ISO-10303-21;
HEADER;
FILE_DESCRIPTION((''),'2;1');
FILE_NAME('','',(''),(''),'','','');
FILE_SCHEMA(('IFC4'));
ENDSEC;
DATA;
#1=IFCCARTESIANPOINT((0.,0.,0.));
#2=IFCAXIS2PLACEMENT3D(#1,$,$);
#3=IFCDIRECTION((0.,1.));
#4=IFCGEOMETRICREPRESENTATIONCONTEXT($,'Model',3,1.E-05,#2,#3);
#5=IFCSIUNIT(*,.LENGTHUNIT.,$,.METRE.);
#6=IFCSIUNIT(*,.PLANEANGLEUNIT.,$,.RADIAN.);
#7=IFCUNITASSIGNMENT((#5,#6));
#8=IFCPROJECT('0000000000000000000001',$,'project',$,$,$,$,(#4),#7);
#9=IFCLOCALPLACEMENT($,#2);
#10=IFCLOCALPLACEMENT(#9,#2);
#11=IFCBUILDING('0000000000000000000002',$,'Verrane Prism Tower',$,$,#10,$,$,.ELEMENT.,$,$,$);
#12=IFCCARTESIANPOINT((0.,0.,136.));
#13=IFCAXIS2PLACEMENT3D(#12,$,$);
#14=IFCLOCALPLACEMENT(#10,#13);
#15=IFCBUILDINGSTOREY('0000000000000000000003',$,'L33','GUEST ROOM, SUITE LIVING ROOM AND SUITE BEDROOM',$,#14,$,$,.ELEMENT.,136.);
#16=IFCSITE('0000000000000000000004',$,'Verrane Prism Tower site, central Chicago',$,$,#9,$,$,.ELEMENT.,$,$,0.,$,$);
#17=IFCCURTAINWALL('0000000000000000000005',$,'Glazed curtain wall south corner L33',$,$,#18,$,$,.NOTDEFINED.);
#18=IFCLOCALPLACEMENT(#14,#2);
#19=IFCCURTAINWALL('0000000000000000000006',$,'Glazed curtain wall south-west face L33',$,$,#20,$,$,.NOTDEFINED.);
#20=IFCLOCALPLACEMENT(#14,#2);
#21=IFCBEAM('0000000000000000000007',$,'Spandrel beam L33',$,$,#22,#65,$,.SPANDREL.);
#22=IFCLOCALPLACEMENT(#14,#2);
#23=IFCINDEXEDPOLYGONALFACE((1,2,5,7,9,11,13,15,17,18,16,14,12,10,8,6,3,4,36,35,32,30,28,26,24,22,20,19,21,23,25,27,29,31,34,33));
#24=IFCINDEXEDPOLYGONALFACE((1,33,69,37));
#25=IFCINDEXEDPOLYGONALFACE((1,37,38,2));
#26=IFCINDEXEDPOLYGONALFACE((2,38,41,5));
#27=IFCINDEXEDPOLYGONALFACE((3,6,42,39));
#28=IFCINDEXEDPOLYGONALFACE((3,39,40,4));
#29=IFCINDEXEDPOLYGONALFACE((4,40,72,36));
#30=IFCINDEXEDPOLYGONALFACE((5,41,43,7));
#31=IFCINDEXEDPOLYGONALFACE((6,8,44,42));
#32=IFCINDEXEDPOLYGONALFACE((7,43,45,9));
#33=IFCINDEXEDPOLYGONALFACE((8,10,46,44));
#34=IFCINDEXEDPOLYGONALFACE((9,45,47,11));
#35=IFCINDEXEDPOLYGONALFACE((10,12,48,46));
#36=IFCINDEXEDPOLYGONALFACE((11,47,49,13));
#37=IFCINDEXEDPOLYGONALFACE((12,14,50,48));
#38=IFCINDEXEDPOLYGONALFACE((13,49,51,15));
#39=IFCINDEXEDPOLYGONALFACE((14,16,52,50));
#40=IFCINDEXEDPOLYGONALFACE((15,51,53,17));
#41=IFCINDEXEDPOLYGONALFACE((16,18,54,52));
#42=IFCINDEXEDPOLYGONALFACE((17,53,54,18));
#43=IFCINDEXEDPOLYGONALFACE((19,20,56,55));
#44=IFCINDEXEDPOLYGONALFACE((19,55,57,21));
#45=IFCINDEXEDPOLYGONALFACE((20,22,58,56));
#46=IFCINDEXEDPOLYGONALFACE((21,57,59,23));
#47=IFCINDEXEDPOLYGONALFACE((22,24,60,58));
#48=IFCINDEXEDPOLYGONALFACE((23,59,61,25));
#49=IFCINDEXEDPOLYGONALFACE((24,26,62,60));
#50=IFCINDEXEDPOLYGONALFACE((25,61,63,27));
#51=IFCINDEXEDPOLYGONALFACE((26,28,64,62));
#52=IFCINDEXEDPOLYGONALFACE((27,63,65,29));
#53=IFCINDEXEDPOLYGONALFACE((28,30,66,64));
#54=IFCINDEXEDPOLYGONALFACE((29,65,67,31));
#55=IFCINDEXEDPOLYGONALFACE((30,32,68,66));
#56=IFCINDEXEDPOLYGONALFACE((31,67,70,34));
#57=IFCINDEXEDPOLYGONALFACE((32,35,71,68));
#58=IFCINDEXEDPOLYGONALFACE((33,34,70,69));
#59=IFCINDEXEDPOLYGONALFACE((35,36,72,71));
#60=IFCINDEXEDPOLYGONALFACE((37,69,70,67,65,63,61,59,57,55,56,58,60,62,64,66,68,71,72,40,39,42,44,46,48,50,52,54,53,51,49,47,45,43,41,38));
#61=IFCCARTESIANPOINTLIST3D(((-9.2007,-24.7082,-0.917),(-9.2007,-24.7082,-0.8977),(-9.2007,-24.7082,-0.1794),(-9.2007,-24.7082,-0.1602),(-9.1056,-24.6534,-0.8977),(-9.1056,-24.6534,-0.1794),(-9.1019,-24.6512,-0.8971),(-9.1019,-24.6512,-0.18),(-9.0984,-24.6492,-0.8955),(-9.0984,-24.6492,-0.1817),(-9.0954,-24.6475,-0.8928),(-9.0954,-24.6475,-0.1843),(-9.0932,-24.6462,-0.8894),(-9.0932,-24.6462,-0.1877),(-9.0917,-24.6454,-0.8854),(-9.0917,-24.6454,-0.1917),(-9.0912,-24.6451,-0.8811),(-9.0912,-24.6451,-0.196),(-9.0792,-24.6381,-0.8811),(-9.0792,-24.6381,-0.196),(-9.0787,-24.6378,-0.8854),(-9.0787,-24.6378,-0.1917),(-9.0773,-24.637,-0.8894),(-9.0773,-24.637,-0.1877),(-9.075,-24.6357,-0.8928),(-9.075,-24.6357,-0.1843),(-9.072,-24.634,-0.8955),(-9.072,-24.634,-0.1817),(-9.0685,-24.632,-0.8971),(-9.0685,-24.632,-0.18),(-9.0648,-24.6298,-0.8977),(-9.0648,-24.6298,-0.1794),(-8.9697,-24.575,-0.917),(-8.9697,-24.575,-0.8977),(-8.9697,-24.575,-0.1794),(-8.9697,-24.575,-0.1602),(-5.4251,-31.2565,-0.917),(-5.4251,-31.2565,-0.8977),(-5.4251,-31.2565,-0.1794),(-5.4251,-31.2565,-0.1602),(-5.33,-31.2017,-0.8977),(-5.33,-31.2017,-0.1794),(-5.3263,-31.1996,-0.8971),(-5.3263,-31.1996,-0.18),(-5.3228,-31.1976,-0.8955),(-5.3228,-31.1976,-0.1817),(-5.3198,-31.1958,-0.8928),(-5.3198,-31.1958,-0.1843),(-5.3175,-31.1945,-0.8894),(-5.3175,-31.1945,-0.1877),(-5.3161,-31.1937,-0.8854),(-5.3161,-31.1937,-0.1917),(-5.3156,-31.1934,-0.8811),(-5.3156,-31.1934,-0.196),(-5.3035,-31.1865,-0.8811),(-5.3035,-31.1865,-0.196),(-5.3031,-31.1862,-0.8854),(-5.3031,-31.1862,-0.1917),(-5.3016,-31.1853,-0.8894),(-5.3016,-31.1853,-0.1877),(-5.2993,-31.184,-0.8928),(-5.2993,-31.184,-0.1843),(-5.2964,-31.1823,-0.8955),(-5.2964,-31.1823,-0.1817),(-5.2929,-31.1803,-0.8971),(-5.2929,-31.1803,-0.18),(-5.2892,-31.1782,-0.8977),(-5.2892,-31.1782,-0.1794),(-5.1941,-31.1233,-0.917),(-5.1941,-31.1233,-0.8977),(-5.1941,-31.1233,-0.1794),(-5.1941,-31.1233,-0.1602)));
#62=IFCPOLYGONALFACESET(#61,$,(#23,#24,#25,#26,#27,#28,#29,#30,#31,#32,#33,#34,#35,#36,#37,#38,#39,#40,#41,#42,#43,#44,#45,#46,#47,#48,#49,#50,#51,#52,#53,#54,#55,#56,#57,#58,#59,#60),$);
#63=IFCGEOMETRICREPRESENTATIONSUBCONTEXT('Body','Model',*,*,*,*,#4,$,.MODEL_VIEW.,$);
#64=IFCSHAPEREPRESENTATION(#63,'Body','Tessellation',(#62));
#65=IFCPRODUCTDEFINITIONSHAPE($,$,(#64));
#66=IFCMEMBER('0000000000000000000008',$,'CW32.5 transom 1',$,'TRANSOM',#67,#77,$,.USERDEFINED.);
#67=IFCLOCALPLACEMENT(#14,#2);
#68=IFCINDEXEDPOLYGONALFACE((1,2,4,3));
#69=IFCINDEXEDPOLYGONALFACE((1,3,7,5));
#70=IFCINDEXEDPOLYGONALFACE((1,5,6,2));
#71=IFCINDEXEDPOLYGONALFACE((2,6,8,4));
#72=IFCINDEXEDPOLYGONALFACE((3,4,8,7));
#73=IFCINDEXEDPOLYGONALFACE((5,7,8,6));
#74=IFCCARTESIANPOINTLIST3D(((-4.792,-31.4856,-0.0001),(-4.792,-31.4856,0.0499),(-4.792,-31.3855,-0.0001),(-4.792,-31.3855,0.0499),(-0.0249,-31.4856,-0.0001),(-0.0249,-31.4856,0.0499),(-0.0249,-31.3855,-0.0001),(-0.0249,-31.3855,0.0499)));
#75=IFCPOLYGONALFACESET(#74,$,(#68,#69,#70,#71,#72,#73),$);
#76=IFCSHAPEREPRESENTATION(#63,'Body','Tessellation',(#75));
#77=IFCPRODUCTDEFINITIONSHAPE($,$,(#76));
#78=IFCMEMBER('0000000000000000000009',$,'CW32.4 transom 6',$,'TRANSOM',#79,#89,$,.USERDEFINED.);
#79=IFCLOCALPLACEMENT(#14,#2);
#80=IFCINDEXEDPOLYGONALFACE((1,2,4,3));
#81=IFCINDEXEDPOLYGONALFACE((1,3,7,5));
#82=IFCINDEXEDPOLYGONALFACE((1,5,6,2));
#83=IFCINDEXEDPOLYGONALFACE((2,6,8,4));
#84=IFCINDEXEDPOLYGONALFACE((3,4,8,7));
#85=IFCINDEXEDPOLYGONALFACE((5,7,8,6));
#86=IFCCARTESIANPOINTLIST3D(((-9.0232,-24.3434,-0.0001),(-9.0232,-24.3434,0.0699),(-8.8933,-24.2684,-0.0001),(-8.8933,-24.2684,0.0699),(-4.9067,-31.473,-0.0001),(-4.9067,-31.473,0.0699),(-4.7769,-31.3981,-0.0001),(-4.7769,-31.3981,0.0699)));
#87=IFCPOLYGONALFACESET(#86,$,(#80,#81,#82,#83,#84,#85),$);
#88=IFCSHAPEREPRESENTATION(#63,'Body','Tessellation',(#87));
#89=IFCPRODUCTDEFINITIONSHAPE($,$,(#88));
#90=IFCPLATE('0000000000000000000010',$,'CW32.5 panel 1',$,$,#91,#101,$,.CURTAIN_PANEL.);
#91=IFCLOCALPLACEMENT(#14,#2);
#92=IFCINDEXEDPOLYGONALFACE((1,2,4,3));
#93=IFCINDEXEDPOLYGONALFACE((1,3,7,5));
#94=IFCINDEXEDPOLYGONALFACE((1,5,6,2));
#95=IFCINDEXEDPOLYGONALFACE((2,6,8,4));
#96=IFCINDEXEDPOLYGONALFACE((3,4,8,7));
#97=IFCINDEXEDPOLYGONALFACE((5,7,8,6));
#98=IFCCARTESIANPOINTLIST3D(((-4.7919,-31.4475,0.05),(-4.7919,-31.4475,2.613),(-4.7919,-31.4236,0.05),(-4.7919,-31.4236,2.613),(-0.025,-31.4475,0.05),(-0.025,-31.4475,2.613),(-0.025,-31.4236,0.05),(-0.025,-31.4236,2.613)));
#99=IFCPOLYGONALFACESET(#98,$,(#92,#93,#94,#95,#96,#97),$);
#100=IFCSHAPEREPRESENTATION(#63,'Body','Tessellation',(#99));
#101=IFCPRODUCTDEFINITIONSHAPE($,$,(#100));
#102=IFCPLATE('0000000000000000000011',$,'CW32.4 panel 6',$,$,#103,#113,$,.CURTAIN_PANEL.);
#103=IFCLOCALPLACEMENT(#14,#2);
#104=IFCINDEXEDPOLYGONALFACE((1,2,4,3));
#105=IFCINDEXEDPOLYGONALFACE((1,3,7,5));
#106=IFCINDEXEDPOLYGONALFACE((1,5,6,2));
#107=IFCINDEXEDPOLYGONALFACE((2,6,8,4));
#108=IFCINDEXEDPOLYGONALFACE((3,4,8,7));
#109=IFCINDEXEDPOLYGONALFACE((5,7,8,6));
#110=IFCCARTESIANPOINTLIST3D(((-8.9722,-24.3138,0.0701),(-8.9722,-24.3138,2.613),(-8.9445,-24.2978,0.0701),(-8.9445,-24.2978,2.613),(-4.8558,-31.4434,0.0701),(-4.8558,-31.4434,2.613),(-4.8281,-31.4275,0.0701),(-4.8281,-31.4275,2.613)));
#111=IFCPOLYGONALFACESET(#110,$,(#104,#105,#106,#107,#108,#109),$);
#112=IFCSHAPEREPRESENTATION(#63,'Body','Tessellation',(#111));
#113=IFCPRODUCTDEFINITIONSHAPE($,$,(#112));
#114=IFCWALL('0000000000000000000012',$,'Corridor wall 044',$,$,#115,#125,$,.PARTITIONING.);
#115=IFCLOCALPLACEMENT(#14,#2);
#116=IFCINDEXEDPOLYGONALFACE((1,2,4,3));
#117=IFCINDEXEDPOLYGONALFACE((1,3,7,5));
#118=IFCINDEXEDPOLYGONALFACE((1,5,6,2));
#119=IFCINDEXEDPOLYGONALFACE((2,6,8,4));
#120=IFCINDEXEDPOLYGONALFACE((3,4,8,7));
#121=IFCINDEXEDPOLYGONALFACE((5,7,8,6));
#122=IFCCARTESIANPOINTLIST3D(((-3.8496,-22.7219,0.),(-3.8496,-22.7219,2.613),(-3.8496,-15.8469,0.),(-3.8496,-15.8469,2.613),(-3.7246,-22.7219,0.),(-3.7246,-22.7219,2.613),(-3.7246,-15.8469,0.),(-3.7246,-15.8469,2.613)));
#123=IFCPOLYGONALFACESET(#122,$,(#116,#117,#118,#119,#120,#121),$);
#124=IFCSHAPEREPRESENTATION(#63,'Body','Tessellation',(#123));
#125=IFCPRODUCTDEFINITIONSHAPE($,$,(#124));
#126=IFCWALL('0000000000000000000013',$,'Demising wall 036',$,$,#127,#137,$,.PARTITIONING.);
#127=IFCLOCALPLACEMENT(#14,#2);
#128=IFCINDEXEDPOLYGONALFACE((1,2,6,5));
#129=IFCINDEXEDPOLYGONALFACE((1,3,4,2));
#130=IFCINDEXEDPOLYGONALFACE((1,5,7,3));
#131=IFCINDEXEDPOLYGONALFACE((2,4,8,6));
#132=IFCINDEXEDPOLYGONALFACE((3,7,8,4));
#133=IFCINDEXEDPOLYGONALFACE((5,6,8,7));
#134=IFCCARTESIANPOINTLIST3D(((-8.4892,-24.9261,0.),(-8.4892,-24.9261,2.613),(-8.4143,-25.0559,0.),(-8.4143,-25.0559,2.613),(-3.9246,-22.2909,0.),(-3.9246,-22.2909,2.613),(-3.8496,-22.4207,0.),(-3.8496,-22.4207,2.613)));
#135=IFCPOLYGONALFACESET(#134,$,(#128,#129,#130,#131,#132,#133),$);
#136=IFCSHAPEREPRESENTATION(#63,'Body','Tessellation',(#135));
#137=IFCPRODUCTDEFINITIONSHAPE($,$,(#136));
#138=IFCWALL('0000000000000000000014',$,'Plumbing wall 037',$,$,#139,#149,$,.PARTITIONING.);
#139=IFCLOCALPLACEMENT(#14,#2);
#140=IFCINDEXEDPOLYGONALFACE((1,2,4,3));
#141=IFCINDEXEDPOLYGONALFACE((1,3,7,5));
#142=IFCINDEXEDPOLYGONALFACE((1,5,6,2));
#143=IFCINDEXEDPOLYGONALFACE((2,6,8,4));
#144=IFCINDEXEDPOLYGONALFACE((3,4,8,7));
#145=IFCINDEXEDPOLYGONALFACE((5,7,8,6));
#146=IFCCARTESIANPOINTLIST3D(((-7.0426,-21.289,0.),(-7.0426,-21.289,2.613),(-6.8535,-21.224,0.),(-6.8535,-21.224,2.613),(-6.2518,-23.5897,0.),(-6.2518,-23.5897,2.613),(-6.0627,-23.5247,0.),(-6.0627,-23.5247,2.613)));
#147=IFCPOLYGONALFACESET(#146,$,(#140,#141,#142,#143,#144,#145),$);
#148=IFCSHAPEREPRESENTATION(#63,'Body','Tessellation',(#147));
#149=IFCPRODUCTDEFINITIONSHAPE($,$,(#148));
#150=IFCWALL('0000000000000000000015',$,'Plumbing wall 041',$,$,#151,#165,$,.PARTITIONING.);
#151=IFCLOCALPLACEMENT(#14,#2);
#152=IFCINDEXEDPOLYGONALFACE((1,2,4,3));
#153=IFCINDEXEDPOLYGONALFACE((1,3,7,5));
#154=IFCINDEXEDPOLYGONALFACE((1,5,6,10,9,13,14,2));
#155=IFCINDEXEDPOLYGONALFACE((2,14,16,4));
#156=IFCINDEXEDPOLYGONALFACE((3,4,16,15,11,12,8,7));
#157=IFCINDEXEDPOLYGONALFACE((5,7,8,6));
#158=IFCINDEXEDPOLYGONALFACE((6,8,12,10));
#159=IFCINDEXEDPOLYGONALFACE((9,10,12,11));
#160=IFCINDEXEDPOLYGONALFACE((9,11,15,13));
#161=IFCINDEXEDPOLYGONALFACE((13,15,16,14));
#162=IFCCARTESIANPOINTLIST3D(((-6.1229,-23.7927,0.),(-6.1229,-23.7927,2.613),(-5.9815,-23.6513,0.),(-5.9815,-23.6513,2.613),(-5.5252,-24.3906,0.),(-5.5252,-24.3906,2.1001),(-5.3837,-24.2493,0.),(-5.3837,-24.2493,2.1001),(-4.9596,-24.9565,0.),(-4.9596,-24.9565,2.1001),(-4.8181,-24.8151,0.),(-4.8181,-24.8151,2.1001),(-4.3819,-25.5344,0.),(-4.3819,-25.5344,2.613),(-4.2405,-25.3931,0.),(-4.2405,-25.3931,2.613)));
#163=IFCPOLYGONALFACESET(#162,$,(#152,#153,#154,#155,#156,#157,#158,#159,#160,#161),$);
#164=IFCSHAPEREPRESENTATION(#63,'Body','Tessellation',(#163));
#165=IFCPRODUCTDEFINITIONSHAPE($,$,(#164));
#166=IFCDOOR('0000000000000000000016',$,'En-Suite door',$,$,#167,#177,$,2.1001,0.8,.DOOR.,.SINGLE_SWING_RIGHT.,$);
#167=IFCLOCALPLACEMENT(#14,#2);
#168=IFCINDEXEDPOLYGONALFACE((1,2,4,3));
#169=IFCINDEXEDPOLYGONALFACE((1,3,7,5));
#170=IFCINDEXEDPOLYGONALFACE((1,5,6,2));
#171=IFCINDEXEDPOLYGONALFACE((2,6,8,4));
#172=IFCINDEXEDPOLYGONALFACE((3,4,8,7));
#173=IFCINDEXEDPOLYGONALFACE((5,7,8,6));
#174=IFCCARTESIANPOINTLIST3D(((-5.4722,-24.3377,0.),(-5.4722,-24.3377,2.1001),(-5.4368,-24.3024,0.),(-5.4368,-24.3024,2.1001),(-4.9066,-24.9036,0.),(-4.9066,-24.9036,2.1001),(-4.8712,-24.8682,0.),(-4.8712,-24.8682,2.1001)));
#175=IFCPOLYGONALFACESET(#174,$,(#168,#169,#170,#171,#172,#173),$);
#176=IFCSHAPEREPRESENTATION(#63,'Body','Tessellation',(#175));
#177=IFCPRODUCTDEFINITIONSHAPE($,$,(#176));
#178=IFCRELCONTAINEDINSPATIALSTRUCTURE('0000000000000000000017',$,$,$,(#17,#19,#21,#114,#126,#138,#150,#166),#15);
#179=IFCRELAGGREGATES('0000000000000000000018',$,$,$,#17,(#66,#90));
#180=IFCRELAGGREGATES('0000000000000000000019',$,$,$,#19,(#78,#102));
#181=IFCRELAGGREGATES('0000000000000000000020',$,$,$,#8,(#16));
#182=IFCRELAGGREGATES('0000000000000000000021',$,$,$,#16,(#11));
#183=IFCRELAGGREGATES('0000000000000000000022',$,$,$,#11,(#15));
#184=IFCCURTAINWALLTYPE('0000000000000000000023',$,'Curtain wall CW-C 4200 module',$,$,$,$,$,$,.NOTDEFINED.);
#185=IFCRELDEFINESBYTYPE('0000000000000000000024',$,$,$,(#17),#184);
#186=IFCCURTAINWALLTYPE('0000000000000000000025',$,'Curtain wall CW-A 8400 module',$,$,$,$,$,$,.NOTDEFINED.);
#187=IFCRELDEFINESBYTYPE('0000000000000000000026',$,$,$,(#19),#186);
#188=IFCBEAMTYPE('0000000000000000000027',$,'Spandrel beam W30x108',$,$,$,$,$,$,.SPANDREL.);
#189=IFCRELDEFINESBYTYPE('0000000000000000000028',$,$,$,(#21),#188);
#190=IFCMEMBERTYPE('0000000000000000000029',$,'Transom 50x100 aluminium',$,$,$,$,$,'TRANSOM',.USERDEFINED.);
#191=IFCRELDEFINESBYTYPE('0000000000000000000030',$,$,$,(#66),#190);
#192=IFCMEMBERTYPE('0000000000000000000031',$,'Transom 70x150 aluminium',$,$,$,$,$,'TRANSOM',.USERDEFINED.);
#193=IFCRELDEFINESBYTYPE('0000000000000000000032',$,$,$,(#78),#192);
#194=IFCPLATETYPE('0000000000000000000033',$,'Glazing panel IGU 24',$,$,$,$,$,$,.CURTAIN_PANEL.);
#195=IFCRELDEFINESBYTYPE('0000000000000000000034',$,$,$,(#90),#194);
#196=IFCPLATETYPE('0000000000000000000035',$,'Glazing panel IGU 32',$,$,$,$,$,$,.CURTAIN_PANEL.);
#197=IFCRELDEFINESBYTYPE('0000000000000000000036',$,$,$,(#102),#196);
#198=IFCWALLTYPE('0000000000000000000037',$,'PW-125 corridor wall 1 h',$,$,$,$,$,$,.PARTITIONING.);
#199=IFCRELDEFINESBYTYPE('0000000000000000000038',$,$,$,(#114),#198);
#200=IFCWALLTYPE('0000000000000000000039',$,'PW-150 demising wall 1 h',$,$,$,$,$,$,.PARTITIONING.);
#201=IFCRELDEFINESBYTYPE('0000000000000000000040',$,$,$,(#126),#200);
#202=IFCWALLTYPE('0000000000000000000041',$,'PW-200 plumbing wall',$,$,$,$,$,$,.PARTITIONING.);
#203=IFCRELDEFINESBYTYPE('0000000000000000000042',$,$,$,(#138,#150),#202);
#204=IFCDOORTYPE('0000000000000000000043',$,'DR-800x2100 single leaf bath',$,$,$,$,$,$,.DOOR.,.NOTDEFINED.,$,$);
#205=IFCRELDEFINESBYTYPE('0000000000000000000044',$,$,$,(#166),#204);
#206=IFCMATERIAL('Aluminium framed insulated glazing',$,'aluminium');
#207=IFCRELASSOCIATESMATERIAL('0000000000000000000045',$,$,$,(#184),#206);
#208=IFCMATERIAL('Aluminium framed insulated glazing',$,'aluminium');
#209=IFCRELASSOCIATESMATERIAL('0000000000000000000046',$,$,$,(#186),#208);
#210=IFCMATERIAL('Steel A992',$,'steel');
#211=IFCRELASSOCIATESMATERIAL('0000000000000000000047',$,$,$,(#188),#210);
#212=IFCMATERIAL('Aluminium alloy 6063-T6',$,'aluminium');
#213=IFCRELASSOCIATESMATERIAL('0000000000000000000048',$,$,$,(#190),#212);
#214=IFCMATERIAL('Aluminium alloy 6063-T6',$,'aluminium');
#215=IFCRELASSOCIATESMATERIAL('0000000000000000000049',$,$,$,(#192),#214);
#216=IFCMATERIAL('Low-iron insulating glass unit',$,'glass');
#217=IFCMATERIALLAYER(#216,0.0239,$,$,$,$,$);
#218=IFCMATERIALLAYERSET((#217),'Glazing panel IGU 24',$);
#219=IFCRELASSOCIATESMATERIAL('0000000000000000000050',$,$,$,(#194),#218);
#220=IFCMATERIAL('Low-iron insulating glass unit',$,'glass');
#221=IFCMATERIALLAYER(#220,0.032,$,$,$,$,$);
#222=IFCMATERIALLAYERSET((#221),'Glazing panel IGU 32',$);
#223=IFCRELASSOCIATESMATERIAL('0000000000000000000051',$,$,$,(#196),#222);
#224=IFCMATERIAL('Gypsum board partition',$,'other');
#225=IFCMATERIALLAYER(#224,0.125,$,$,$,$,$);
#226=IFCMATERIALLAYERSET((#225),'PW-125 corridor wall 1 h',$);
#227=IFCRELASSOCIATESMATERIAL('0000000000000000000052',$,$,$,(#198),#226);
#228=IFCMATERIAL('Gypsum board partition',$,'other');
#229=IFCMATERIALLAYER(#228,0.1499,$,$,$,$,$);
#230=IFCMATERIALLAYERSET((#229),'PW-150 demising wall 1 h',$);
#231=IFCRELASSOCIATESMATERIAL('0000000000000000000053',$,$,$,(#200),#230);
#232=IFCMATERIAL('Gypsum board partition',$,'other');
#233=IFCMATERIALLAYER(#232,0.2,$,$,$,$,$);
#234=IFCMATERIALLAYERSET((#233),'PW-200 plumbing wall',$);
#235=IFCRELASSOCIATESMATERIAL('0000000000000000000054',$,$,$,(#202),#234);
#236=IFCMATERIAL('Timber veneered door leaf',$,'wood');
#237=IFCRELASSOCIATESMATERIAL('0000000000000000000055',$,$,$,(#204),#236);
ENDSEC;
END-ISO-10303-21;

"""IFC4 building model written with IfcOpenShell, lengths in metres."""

from ifc_helpers import new_model, si_unit, direction, frame, frame_2d, origin, origin_2d, place, context, subcontext, project, spatial, rectangle, i_section, extrude, material, layer, layer_set, material_profile, profile_set, type_object, element, fill, aggregate, save


model = new_model("IFC4")

# Units and contexts
model_context = context("Model", 3, precision=1e-05, world=origin(), true_north=direction((0.0, 1.0)))
body_context = subcontext(model_context, "Body", "Model", "MODEL_VIEW")
ifc_project = project(units=[si_unit("LENGTHUNIT", "METRE"), si_unit("PLANEANGLEUNIT", "RADIAN")], contexts=[model_context])

# Site, building, storey
site_placement = place(None, origin())
site = spatial("IfcSite", under=ifc_project, at=site_placement, Name="Verrane Prism Tower site, central Chicago", CompositionType="ELEMENT", RefElevation=0.0)
building_placement = place(site_placement, origin())
building = spatial("IfcBuilding", under=site, at=building_placement, Name="Verrane Prism Tower", CompositionType="ELEMENT")
storey_placement = place(building_placement, frame((0.0, 0.0, 136.0)))
storey = spatial("IfcBuildingStorey", under=building, at=storey_placement, Name="L33", Description="GUEST ROOM, SUITE LIVING ROOM AND SUITE BEDROOM", CompositionType="ELEMENT", Elevation=136.0)

# Curtain wall
ifc_material_1 = material(Name="Aluminium framed insulated glazing", Category="aluminium")
curtain_wall_type_1 = type_object("IfcCurtainWallType", Name="Curtain wall CW-C 4200 module", PredefinedType="NOTDEFINED", material=ifc_material_1)
curtain_wall_1_placement = place(storey_placement, origin())
curtain_wall_1 = element("IfcCurtainWall", 1, at=curtain_wall_1_placement, inside=storey, type_object=curtain_wall_type_1, Name="Glazed curtain wall south corner L33", PredefinedType="NOTDEFINED")

# Curtain wall
ifc_material_2 = material(Name="Aluminium framed insulated glazing", Category="aluminium")
curtain_wall_type_2 = type_object("IfcCurtainWallType", Name="Curtain wall CW-A 8400 module", PredefinedType="NOTDEFINED", material=ifc_material_2)
curtain_wall_2_placement = place(storey_placement, origin())
curtain_wall_2 = element("IfcCurtainWall", 2, at=curtain_wall_2_placement, inside=storey, type_object=curtain_wall_type_2, Name="Glazed curtain wall south-west face L33", PredefinedType="NOTDEFINED")

# Beam
ifc_material_3 = material(Name="Steel A992", Category="steel")
ifc_material_profile_1 = material_profile(ifc_material_3, i_section(OverallWidth=0.2666, OverallDepth=0.7568, WebThickness=0.0139, FlangeThickness=0.0193, FilletRadius=0.0166, at=origin_2d()), Name="W30x108")
ifc_profile_set_1 = profile_set([ifc_material_profile_1], Name="Steel A992")
beam_type_1 = type_object("IfcBeamType", Name="Spandrel beam W30x108", PredefinedType="SPANDREL", material=ifc_profile_set_1)
beam_1_placement = place(storey_placement, frame((-9.0852, -24.6416, -0.5386), z_axis=(0.499499, -0.866315, 0.0), x_axis=(0.866315, 0.499499, 0.0)))
element("IfcBeam", 3, at=beam_1_placement, inside=storey, type_object=beam_type_1, Name="Spandrel beam L33", PredefinedType="SPANDREL", context=body_context, shape_type="SweptSolid", body=[
    extrude(i_section(OverallWidth=0.2666, OverallDepth=0.7568, WebThickness=0.0139, FlangeThickness=0.0193, FilletRadius=0.0166, at=origin_2d()), origin(), (0.0, 0.0, 1.0), 7.5588),
])

# Members
ifc_material_4 = material(Name="Aluminium alloy 6063-T6", Category="aluminium")
ifc_material_profile_2 = material_profile(ifc_material_4, rectangle(XDim=0.1001, YDim=0.05, at=origin_2d()), Name="Transom 50x100 aluminium")
ifc_profile_set_2 = profile_set([ifc_material_profile_2], Name="Aluminium alloy 6063-T6")
member_type_1 = type_object("IfcMemberType", Name="Transom 50x100 aluminium", ElementType="TRANSOM", PredefinedType="USERDEFINED", material=ifc_profile_set_2)
member_1_placement = place(storey_placement, frame((-4.792, -31.4355, 0.0249), z_axis=(1.0, 0.0, 0.0), x_axis=(0.0, 1.0, 0.0)))
member_1 = element("IfcMember", 4, at=member_1_placement, type_object=member_type_1, Name="CW32.5 transom 1", ObjectType="TRANSOM", PredefinedType="USERDEFINED", context=body_context, shape_type="SweptSolid", body=[
    extrude(rectangle(XDim=0.1001, YDim=0.05, at=origin_2d()), origin(), (0.0, 0.0, 1.0), 4.7671),
])
ifc_material_5 = material(Name="Aluminium alloy 6063-T6", Category="aluminium")
ifc_material_profile_3 = material_profile(ifc_material_5, rectangle(XDim=0.1499, YDim=0.0701, at=origin_2d()), Name="Transom 70x150 aluminium")
ifc_profile_set_3 = profile_set([ifc_material_profile_3], Name="Aluminium alloy 6063-T6")
member_type_2 = type_object("IfcMemberType", Name="Transom 70x150 aluminium", ElementType="TRANSOM", PredefinedType="USERDEFINED", material=ifc_profile_set_3)
member_2_placement = place(storey_placement, frame((-8.9583, -24.3059, 0.0349), z_axis=(0.500014, -0.866017, 0.0), x_axis=(0.866017, 0.500014, 0.0)))
member_2 = element("IfcMember", 5, at=member_2_placement, type_object=member_type_2, Name="CW32.4 transom 6", ObjectType="TRANSOM", PredefinedType="USERDEFINED", context=body_context, shape_type="SweptSolid", body=[
    extrude(rectangle(XDim=0.1499, YDim=0.0701, at=origin_2d()), origin(), (0.0, 0.0, 1.0), 8.2327),
])

# Plates
ifc_material_6 = material(Name="Low-iron insulating glass unit", Category="glass")
ifc_layer_1 = layer(ifc_material_6, 0.0239)
ifc_layer_set_1 = layer_set([ifc_layer_1], Name="Glazing panel IGU 24")
plate_type_1 = type_object("IfcPlateType", Name="Glazing panel IGU 24", PredefinedType="CURTAIN_PANEL", material=ifc_layer_set_1)
plate_1_placement = place(storey_placement, frame((-2.4084, -31.4355, 0.05), z_axis=(0.0, 0.0, 1.0), x_axis=(1.0, 0.0, 0.0)))
plate_1 = element("IfcPlate", 6, at=plate_1_placement, type_object=plate_type_1, Name="CW32.5 panel 1", PredefinedType="CURTAIN_PANEL", context=body_context, shape_type="SweptSolid", body=[
    extrude(rectangle(XDim=4.7668, YDim=0.0239, at=origin_2d()), origin(), (0.0, 0.0, 1.0), 2.563),
])
aggregate(curtain_wall_1, [member_1, plate_1])
ifc_material_7 = material(Name="Low-iron insulating glass unit", Category="glass")
ifc_layer_2 = layer(ifc_material_7, 0.032)
ifc_layer_set_2 = layer_set([ifc_layer_2], Name="Glazing panel IGU 32")
plate_type_2 = type_object("IfcPlateType", Name="Glazing panel IGU 32", PredefinedType="CURTAIN_PANEL", material=ifc_layer_set_2)
plate_2_placement = place(storey_placement, frame((-6.9001, -27.8706, 0.0701), z_axis=(0.0, 0.0, 1.0), x_axis=(0.5, -0.866025, 0.0)))
plate_2 = element("IfcPlate", 7, at=plate_2_placement, type_object=plate_type_2, Name="CW32.4 panel 6", PredefinedType="CURTAIN_PANEL", context=body_context, shape_type="SweptSolid", body=[
    extrude(rectangle(XDim=8.2327, YDim=0.032, at=origin_2d()), origin(), (0.0, 0.0, 1.0), 2.543),
])
aggregate(curtain_wall_2, [member_2, plate_2])

# Walls
ifc_material_8 = material(Name="Gypsum board partition", Category="other")
ifc_layer_3 = layer(ifc_material_8, 0.125)
ifc_layer_set_3 = layer_set([ifc_layer_3], Name="PW-125 corridor wall 1 h")
wall_type_1 = type_object("IfcWallType", Name="PW-125 corridor wall 1 h", PredefinedType="PARTITIONING", material=ifc_layer_set_3)
wall_1_placement = place(storey_placement, frame((-3.7871, -22.7219, 0.0), z_axis=(0.0, 0.0, 1.0), x_axis=(0.0, 1.0, 0.0)))
element("IfcWall", 8, at=wall_1_placement, inside=storey, type_object=wall_type_1, Name="Corridor wall 044", PredefinedType="PARTITIONING", context=body_context, shape_type="SweptSolid", body=[
    extrude(rectangle(XDim=6.875, YDim=0.125, at=frame_2d((3.4375, 0.0))), origin(), (0.0, 0.0, 1.0), 2.613),
])
ifc_material_9 = material(Name="Gypsum board partition", Category="other")
ifc_layer_4 = layer(ifc_material_9, 0.1499)
ifc_layer_set_4 = layer_set([ifc_layer_4], Name="PW-150 demising wall 1 h")
wall_type_2 = type_object("IfcWallType", Name="PW-150 demising wall 1 h", PredefinedType="PARTITIONING", material=ifc_layer_set_4)
wall_2_placement = place(storey_placement, frame((-8.4517, -24.991, 0.0), z_axis=(0.0, 0.0, 1.0), x_axis=(0.86604, 0.499975, 0.0)))
element("IfcWall", 9, at=wall_2_placement, inside=storey, type_object=wall_type_2, Name="Demising wall 036", PredefinedType="PARTITIONING", context=body_context, shape_type="SweptSolid", body=[
    extrude(rectangle(XDim=5.2708, YDim=0.1499, at=frame_2d((2.6353, 0.0))), origin(), (0.0, 0.0, 1.0), 2.613),
])
ifc_material_10 = material(Name="Gypsum board partition", Category="other")
ifc_layer_5 = layer(ifc_material_10, 0.2)
ifc_layer_set_5 = layer_set([ifc_layer_5], Name="PW-200 plumbing wall")
wall_type_3 = type_object("IfcWallType", Name="PW-200 plumbing wall", PredefinedType="PARTITIONING", material=ifc_layer_set_5)
wall_3_placement = place(storey_placement, frame((-6.948, -21.2566, 0.0), z_axis=(0.0, 0.0, 1.0), x_axis=(0.325035, -0.945702, 0.0)))
element("IfcWall", 10, at=wall_3_placement, inside=storey, type_object=wall_type_3, Name="Plumbing wall 037", PredefinedType="PARTITIONING", context=body_context, shape_type="SweptSolid", body=[
    extrude(rectangle(XDim=2.4329, YDim=0.2, at=frame_2d((1.2163, 0.0))), origin(), (0.0, 0.0, 1.0), 2.613),
])

# Wall, opening, door
wall_4_placement = place(storey_placement, frame((-6.0522, -23.7219, 0.0), z_axis=(0.0, 0.0, 1.0), x_axis=(0.706958, -0.707255, 0.0)))
wall_4 = element("IfcWall", 11, at=wall_4_placement, inside=storey, type_object=wall_type_3, Name="Plumbing wall 041", PredefinedType="PARTITIONING", context=body_context, shape_type="SweptSolid", body=[
    extrude(rectangle(XDim=2.4626, YDim=0.2, at=frame_2d((1.2314, 0.0))), origin(), (0.0, 0.0, 1.0), 2.613),
])
opening_placement = place(wall_4_placement, frame((0.8457, 0.0, 0.0)))
opening = element("IfcOpeningElement", 12, at=opening_placement, cuts=wall_4, PredefinedType="OPENING", context=body_context, shape_type="SweptSolid", body=[
    extrude(rectangle(XDim=0.8, YDim=2.1001, at=frame_2d((0.3999, 1.05))), frame((0.0, 0.1099, 0.0), z_axis=(0.0, -1.0, 0.0), x_axis=(1.0, 0.0, 0.0)), (0.0, 0.0, 1.0), 0.22),
])
ifc_material_11 = material(Name="Timber veneered door leaf", Category="wood")
door_type = type_object("IfcDoorType", Name="DR-800x2100 single leaf bath", OperationType="NOTDEFINED", PredefinedType="DOOR", material=ifc_material_11)
door_placement = place(opening_placement, origin())
door = element("IfcDoor", 13, at=door_placement, inside=storey, type_object=door_type, Name="En-Suite door", OperationType="SINGLE_SWING_RIGHT", OverallHeight=2.1001, OverallWidth=0.8, PredefinedType="DOOR", context=body_context, shape_type="SweptSolid", body=[
    extrude(rectangle(XDim=0.8, YDim=2.1001, at=frame_2d((0.3999, 1.05))), frame((0.0, 0.0249, 0.0), z_axis=(0.0, -1.0, 0.0), x_axis=(1.0, 0.0, 0.0)), (0.0, 0.0, 1.0), 0.05),
])
fill(opening, door)

save(model, "model.ifc")
